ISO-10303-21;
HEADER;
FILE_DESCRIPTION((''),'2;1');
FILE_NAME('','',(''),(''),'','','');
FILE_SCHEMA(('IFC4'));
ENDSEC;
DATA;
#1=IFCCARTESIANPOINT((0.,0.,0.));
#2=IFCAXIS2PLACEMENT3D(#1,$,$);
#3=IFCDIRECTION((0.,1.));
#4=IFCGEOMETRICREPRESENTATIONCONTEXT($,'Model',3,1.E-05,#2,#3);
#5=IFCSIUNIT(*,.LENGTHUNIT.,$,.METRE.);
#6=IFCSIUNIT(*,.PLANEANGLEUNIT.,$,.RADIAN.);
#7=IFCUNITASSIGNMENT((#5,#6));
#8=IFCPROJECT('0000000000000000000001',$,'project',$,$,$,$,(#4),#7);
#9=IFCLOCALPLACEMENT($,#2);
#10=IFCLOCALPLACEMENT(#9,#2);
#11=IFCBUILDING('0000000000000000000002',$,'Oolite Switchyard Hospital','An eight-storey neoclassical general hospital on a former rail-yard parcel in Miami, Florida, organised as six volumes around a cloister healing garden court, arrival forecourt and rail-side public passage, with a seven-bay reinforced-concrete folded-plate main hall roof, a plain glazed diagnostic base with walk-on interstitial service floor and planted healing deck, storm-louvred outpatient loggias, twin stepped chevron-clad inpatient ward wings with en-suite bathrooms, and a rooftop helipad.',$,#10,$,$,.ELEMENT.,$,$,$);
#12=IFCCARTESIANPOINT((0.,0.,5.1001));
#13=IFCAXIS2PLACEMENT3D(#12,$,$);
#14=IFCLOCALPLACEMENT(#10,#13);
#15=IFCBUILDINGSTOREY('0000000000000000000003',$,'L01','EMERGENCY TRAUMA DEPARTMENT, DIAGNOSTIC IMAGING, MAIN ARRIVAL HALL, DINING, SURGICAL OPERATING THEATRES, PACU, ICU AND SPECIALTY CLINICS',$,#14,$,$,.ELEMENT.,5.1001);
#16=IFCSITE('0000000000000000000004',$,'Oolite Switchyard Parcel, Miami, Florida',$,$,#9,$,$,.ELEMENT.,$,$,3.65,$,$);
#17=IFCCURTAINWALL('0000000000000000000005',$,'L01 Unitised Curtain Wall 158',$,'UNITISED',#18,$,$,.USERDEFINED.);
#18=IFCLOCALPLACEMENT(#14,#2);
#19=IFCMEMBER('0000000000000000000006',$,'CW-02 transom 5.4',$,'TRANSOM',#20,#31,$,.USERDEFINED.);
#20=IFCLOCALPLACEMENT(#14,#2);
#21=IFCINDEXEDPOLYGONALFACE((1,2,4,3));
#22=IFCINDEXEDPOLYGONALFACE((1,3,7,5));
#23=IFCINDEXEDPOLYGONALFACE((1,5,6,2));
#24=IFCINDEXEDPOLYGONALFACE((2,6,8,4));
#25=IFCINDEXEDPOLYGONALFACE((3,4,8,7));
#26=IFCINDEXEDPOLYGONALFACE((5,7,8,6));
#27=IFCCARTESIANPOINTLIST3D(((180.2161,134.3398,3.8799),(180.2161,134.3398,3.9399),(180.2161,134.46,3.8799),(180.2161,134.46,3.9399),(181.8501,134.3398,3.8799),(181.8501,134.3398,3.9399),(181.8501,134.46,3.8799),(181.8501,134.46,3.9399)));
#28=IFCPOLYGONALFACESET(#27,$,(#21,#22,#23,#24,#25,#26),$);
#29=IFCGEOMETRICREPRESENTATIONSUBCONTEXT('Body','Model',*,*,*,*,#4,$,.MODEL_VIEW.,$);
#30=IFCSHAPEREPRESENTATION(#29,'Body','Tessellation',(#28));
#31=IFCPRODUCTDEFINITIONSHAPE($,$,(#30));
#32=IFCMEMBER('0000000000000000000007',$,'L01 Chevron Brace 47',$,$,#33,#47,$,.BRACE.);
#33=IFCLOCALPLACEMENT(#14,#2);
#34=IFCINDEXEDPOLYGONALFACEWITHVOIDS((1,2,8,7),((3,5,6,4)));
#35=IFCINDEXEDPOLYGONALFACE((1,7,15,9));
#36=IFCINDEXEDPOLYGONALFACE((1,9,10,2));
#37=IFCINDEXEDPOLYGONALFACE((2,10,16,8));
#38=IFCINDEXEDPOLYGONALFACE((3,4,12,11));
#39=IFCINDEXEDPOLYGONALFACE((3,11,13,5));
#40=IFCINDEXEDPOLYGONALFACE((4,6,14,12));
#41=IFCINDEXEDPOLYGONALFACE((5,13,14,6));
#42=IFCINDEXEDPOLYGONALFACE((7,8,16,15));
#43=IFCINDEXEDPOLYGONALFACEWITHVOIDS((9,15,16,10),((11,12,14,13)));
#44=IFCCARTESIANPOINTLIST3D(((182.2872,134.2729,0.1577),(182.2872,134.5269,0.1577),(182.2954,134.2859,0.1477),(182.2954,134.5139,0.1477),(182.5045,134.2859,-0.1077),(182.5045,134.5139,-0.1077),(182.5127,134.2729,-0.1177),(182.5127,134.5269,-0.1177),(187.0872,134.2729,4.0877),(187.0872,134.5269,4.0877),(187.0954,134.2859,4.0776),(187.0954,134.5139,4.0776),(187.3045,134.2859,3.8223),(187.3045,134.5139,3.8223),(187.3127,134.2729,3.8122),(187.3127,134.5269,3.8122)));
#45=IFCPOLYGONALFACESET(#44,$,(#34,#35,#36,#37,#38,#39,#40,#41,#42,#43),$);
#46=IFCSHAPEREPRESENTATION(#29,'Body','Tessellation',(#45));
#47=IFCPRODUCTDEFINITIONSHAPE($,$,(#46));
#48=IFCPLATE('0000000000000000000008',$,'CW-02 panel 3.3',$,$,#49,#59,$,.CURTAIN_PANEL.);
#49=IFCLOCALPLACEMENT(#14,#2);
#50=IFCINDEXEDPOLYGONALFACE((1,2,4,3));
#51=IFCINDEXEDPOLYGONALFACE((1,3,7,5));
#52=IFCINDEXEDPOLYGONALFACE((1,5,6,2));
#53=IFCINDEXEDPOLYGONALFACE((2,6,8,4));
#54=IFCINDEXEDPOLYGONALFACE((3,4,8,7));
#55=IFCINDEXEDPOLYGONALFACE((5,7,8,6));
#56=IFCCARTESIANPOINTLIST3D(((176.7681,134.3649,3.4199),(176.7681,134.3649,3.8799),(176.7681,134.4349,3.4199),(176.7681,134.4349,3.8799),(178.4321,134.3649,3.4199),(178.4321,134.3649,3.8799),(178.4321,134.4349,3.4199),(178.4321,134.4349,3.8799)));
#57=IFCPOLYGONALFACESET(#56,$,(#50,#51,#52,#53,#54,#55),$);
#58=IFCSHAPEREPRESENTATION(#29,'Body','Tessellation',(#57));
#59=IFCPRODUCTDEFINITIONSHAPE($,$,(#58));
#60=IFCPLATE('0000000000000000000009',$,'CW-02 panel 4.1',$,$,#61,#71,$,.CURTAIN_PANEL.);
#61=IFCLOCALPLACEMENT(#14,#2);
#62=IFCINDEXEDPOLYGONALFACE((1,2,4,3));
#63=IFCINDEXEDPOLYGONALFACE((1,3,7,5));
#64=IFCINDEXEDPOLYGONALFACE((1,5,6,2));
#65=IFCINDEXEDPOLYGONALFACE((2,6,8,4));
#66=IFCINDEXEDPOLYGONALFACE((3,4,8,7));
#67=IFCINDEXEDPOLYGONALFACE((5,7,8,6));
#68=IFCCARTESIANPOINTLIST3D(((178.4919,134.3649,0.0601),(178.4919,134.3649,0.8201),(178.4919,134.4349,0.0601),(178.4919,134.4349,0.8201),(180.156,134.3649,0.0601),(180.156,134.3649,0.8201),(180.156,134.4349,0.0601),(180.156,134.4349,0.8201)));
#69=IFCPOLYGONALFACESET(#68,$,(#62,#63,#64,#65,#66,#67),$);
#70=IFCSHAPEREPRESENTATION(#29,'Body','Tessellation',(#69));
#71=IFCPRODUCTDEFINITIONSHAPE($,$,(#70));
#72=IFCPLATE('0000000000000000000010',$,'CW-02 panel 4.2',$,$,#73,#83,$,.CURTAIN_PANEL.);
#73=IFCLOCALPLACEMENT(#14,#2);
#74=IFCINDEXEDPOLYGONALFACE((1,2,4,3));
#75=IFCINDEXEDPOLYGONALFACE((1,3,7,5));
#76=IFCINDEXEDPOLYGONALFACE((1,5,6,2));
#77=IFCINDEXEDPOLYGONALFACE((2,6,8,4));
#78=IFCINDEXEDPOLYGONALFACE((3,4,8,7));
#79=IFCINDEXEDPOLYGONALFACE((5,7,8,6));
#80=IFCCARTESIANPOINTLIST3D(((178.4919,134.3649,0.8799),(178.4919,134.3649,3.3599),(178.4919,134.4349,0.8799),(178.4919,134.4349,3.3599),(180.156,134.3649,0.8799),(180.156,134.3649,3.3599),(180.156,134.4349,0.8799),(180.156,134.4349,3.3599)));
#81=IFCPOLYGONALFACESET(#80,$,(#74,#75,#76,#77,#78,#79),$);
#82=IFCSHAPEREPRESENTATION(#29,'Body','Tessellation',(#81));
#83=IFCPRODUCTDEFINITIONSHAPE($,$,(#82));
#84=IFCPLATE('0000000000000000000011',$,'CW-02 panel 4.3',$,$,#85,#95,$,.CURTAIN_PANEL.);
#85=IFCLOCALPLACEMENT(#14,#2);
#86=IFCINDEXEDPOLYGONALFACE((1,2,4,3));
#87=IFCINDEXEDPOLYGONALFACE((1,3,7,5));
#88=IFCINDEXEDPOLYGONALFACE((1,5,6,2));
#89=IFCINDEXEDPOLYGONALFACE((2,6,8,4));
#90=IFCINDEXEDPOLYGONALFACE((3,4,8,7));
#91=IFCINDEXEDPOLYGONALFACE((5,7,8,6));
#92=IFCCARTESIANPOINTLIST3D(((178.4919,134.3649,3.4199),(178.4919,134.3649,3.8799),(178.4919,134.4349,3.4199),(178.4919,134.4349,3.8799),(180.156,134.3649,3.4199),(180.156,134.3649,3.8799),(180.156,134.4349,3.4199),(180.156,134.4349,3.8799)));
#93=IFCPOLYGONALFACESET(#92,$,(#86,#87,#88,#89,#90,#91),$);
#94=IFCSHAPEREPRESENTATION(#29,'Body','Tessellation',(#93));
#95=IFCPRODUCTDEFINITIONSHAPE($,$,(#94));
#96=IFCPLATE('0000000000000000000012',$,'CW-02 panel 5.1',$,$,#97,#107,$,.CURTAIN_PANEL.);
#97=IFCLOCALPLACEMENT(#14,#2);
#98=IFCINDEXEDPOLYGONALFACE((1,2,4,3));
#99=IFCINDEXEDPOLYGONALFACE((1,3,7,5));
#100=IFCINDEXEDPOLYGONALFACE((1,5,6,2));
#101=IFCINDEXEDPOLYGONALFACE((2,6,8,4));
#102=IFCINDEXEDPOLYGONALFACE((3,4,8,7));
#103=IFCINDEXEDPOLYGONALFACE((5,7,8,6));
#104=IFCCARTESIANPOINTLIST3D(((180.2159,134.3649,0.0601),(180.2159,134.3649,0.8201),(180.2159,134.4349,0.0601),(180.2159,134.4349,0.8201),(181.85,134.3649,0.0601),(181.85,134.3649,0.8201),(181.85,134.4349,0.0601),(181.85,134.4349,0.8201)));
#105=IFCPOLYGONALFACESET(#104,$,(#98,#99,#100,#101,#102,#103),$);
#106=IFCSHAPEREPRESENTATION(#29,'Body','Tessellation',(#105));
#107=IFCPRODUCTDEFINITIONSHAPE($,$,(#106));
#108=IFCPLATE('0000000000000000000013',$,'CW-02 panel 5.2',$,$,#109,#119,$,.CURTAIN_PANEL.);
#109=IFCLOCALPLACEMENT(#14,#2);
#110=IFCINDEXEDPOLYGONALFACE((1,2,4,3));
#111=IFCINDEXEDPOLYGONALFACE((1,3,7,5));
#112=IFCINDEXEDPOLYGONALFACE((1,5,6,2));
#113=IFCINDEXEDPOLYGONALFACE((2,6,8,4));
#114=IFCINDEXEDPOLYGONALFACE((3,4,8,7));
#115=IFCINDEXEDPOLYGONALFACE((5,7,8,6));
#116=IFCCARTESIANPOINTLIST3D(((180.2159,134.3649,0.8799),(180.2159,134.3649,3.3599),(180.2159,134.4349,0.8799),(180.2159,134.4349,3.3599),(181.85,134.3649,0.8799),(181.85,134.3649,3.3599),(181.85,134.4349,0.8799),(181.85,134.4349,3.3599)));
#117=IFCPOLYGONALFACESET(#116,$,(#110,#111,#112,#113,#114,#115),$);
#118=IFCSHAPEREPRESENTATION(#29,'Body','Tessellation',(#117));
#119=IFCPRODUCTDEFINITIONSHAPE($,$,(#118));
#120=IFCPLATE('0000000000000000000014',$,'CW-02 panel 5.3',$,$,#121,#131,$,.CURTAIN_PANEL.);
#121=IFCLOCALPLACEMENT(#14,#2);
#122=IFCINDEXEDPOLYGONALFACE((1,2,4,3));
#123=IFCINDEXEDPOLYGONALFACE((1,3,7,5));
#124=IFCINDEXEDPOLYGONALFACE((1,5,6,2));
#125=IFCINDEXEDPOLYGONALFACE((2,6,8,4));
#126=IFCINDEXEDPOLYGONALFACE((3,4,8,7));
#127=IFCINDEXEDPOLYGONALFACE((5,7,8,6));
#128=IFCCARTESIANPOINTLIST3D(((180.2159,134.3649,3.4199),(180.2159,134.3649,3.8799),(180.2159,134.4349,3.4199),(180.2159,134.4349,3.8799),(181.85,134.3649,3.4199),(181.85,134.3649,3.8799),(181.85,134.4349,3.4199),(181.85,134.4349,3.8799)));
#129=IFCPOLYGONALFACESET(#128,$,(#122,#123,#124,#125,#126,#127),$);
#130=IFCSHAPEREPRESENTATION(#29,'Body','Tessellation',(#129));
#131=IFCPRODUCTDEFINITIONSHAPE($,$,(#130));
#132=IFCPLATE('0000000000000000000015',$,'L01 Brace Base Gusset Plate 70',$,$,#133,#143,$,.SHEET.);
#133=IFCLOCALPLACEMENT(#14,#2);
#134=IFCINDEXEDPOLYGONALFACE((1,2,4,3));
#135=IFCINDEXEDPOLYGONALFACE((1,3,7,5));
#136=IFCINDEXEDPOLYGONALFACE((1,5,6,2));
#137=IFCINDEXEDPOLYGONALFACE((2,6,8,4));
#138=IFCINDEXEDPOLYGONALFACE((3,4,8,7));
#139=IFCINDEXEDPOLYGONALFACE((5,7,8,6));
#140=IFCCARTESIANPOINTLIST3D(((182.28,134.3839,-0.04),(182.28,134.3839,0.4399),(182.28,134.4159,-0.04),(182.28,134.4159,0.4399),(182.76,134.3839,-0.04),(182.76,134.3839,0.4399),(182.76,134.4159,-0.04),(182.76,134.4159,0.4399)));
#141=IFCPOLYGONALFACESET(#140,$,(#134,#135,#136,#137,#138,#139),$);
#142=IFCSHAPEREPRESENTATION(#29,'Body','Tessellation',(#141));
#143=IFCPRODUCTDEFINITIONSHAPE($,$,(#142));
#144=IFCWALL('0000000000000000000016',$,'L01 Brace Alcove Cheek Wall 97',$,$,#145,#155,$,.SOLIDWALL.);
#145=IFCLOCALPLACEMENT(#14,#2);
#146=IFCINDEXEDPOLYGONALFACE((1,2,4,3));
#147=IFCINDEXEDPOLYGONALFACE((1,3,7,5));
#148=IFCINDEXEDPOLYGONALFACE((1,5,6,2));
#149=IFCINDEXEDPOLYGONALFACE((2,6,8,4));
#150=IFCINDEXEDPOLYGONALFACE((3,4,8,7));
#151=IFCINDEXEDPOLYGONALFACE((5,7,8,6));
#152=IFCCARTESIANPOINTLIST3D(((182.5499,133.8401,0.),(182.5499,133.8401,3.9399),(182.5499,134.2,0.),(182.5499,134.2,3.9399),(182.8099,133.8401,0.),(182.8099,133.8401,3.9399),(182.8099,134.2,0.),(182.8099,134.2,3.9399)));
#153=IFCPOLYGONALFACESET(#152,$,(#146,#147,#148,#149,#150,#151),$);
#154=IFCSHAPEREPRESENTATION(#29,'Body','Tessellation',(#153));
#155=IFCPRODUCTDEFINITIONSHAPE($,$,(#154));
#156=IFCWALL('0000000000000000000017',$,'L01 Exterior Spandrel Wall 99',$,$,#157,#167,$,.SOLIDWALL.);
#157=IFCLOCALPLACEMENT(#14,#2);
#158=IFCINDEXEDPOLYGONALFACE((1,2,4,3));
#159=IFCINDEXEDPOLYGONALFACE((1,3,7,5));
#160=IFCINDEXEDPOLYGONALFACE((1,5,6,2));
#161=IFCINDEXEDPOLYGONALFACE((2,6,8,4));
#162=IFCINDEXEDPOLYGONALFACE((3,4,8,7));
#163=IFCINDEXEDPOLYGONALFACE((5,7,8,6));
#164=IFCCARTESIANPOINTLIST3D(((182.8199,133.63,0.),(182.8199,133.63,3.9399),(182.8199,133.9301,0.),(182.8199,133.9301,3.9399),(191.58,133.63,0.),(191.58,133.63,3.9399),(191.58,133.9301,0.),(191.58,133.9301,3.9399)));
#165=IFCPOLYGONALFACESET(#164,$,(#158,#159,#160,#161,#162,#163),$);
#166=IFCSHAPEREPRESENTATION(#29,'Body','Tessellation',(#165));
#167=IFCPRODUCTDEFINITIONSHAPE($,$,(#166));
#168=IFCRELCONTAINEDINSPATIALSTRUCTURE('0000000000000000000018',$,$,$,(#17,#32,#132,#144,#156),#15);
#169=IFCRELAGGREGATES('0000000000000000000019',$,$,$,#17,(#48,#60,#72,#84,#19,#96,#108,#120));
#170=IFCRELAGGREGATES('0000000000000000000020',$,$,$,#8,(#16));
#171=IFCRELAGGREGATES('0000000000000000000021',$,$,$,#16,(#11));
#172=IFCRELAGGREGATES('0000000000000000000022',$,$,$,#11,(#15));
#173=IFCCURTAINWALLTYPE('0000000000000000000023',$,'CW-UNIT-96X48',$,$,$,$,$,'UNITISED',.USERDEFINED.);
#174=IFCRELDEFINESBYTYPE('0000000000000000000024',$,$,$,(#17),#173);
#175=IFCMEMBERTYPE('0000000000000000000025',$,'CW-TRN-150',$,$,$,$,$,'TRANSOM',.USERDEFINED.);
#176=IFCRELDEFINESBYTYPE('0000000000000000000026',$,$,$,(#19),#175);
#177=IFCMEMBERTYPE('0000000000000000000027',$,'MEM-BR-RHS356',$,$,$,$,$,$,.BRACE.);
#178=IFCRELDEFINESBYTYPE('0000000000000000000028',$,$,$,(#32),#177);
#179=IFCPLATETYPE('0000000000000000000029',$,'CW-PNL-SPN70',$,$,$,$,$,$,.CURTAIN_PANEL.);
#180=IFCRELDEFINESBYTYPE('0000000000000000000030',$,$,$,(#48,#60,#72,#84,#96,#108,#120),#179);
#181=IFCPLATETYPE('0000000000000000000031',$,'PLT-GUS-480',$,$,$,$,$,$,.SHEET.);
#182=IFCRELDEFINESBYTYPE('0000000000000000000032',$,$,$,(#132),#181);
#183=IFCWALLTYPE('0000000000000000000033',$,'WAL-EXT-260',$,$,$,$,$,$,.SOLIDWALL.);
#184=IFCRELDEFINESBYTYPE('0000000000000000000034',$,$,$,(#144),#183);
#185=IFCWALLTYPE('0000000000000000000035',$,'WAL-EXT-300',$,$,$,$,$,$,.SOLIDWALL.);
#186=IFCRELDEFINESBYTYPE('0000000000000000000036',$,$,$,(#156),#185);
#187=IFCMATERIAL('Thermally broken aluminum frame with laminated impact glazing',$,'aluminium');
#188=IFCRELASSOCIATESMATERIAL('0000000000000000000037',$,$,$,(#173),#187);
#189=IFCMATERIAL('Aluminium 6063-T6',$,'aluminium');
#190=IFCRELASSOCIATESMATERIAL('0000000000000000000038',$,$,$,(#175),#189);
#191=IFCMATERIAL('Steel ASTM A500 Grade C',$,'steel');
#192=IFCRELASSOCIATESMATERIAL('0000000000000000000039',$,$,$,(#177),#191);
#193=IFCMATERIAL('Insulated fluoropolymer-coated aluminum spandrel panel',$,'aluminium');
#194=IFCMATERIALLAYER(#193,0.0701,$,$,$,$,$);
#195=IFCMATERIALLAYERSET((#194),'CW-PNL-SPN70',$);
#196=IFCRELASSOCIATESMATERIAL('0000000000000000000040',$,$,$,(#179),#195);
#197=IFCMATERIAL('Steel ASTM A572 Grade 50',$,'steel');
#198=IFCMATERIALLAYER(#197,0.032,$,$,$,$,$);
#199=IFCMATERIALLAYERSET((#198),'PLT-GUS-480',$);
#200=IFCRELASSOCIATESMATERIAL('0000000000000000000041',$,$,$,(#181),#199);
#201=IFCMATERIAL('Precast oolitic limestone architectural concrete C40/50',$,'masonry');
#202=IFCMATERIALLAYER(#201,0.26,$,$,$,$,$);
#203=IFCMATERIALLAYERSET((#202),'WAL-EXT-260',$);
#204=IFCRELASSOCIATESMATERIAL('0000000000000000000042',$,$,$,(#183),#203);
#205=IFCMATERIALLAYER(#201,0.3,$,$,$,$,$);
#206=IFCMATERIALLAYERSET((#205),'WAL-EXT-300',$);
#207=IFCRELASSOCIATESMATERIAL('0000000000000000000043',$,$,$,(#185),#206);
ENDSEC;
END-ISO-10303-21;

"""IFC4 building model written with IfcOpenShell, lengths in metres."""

from ifc_helpers import new_model, si_unit, direction, frame, frame_2d, origin, origin_2d, place, context, subcontext, project, spatial, rectangle, hollow_rectangle, extrude, material, layer, layer_set, material_profile, profile_set, type_object, element, aggregate, save


model = new_model("IFC4")

# Units and contexts
model_context = context("Model", 3, precision=1e-05, world=origin(), true_north=direction((0.0, 1.0)))
body_context = subcontext(model_context, "Body", "Model", "MODEL_VIEW")
ifc_project = project(units=[si_unit("LENGTHUNIT", "METRE"), si_unit("PLANEANGLEUNIT", "RADIAN")], contexts=[model_context])

# Site, building, storey
site_placement = place(None, origin())
site = spatial("IfcSite", under=ifc_project, at=site_placement, Name="Oolite Switchyard Parcel, Miami, Florida", CompositionType="ELEMENT", RefElevation=3.65)
building_placement = place(site_placement, origin())
building = spatial("IfcBuilding", under=site, at=building_placement, Name="Oolite Switchyard Hospital", Description="An eight-storey neoclassical general hospital on a former rail-yard parcel in Miami, Florida, organised as six volumes around a cloister healing garden court, arrival forecourt and rail-side public passage, with a seven-bay reinforced-concrete folded-plate main hall roof, a plain glazed diagnostic base with walk-on interstitial service floor and planted healing deck, storm-louvred outpatient loggias, twin stepped chevron-clad inpatient ward wings with en-suite bathrooms, and a rooftop helipad.", CompositionType="ELEMENT")
storey_placement = place(building_placement, frame((0.0, 0.0, 5.1001)))
storey = spatial("IfcBuildingStorey", under=building, at=storey_placement, Name="L01", Description="EMERGENCY TRAUMA DEPARTMENT, DIAGNOSTIC IMAGING, MAIN ARRIVAL HALL, DINING, SURGICAL OPERATING THEATRES, PACU, ICU AND SPECIALTY CLINICS", CompositionType="ELEMENT", Elevation=5.1001)

# Curtain wall, member
ifc_material_1 = material(Name="Thermally broken aluminum frame with laminated impact glazing", Category="aluminium")
curtain_wall_type = type_object("IfcCurtainWallType", Name="CW-UNIT-96X48", ElementType="UNITISED", PredefinedType="USERDEFINED", material=ifc_material_1)
curtain_wall_placement = place(storey_placement, origin())
curtain_wall = element("IfcCurtainWall", 1, at=curtain_wall_placement, inside=storey, type_object=curtain_wall_type, Name="L01 Unitised Curtain Wall 158", ObjectType="UNITISED", PredefinedType="USERDEFINED")
ifc_material_2 = material(Name="Aluminium 6063-T6", Category="aluminium")
ifc_material_profile_1 = material_profile(ifc_material_2, rectangle(XDim=0.1201, YDim=0.0601, at=origin_2d()), Name="CWT60X120")
ifc_profile_set_1 = profile_set([ifc_material_profile_1], Name="Aluminium 6063-T6")
member_type_1 = type_object("IfcMemberType", Name="CW-TRN-150", ElementType="TRANSOM", PredefinedType="USERDEFINED", material=ifc_profile_set_1)
member_1_placement = place(storey_placement, frame((180.2161, 134.3999, 3.9099), z_axis=(1.0, 0.0, 0.0), x_axis=(0.0, 1.0, 0.0)))
member_1 = element("IfcMember", 2, at=member_1_placement, type_object=member_type_1, Name="CW-02 transom 5.4", ObjectType="TRANSOM", PredefinedType="USERDEFINED", context=body_context, shape_type="SweptSolid", body=[
    extrude(rectangle(XDim=0.1201, YDim=0.0601, at=origin_2d()), origin(), (0.0, 0.0, 1.0), 1.634),
])

# Member
ifc_material_3 = material(Name="Steel ASTM A500 Grade C", Category="steel")
ifc_material_profile_2 = material_profile(ifc_material_3, hollow_rectangle(XDim=0.2539, YDim=0.356, WallThickness=0.0129, at=origin_2d()), Name="HSS356X254X13")
ifc_profile_set_2 = profile_set([ifc_material_profile_2], Name="Steel ASTM A500 Grade C")
member_type_2 = type_object("IfcMemberType", Name="MEM-BR-RHS356", PredefinedType="BRACE", material=ifc_profile_set_2)
member_2_placement = place(storey_placement, frame((182.3999, 134.3999, 0.02), z_axis=(0.77375, 0.0, 0.633491), x_axis=(0.0, 1.0, 0.0)))
element("IfcMember", 3, at=member_2_placement, inside=storey, type_object=member_type_2, Name="L01 Chevron Brace 47", PredefinedType="BRACE", context=body_context, shape_type="SweptSolid", body=[
    extrude(hollow_rectangle(XDim=0.2539, YDim=0.356, WallThickness=0.0129, at=origin_2d()), origin(), (0.0, 0.0, 1.0), 6.2036),
])

# Plates
ifc_material_4 = material(Name="Insulated fluoropolymer-coated aluminum spandrel panel", Category="aluminium")
ifc_layer_1 = layer(ifc_material_4, 0.0701)
ifc_layer_set_1 = layer_set([ifc_layer_1], Name="CW-PNL-SPN70")
plate_type_1 = type_object("IfcPlateType", Name="CW-PNL-SPN70", PredefinedType="CURTAIN_PANEL", material=ifc_layer_set_1)
plate_1_placement = place(storey_placement, frame((177.6001, 134.3999, 3.4199), z_axis=(0.0, 0.0, 1.0), x_axis=(1.0, 0.0, 0.0)))
plate_1 = element("IfcPlate", 4, at=plate_1_placement, type_object=plate_type_1, Name="CW-02 panel 3.3", PredefinedType="CURTAIN_PANEL", context=body_context, shape_type="SweptSolid", body=[
    extrude(rectangle(XDim=1.6641, YDim=0.0701, at=origin_2d()), origin(), (0.0, 0.0, 1.0), 0.46),
])
plate_2_placement = place(storey_placement, frame((179.324, 134.3999, 0.0601), z_axis=(0.0, 0.0, 1.0), x_axis=(1.0, 0.0, 0.0)))
plate_2 = element("IfcPlate", 5, at=plate_2_placement, type_object=plate_type_1, Name="CW-02 panel 4.1", PredefinedType="CURTAIN_PANEL", context=body_context, shape_type="SweptSolid", body=[
    extrude(rectangle(XDim=1.6641, YDim=0.0701, at=origin_2d()), origin(), (0.0, 0.0, 1.0), 0.76),
])
plate_3_placement = place(storey_placement, frame((179.324, 134.3999, 0.8799), z_axis=(0.0, 0.0, 1.0), x_axis=(1.0, 0.0, 0.0)))
plate_3 = element("IfcPlate", 6, at=plate_3_placement, type_object=plate_type_1, Name="CW-02 panel 4.2", PredefinedType="CURTAIN_PANEL", context=body_context, shape_type="SweptSolid", body=[
    extrude(rectangle(XDim=1.6641, YDim=0.0701, at=origin_2d()), origin(), (0.0, 0.0, 1.0), 2.48),
])
plate_4_placement = place(storey_placement, frame((179.324, 134.3999, 3.4199), z_axis=(0.0, 0.0, 1.0), x_axis=(1.0, 0.0, 0.0)))
plate_4 = element("IfcPlate", 7, at=plate_4_placement, type_object=plate_type_1, Name="CW-02 panel 4.3", PredefinedType="CURTAIN_PANEL", context=body_context, shape_type="SweptSolid", body=[
    extrude(rectangle(XDim=1.6641, YDim=0.0701, at=origin_2d()), origin(), (0.0, 0.0, 1.0), 0.46),
])
plate_5_placement = place(storey_placement, frame((181.033, 134.3999, 0.0601), z_axis=(0.0, 0.0, 1.0), x_axis=(1.0, 0.0, 0.0)))
plate_5 = element("IfcPlate", 8, at=plate_5_placement, type_object=plate_type_1, Name="CW-02 panel 5.1", PredefinedType="CURTAIN_PANEL", context=body_context, shape_type="SweptSolid", body=[
    extrude(rectangle(XDim=1.634, YDim=0.0701, at=origin_2d()), origin(), (0.0, 0.0, 1.0), 0.76),
])
plate_6_placement = place(storey_placement, frame((181.033, 134.3999, 0.8799), z_axis=(0.0, 0.0, 1.0), x_axis=(1.0, 0.0, 0.0)))
plate_6 = element("IfcPlate", 9, at=plate_6_placement, type_object=plate_type_1, Name="CW-02 panel 5.2", PredefinedType="CURTAIN_PANEL", context=body_context, shape_type="SweptSolid", body=[
    extrude(rectangle(XDim=1.634, YDim=0.0701, at=origin_2d()), origin(), (0.0, 0.0, 1.0), 2.48),
])
plate_7_placement = place(storey_placement, frame((181.033, 134.3999, 3.4199), z_axis=(0.0, 0.0, 1.0), x_axis=(1.0, 0.0, 0.0)))
plate_7 = element("IfcPlate", 10, at=plate_7_placement, type_object=plate_type_1, Name="CW-02 panel 5.3", PredefinedType="CURTAIN_PANEL", context=body_context, shape_type="SweptSolid", body=[
    extrude(rectangle(XDim=1.634, YDim=0.0701, at=origin_2d()), origin(), (0.0, 0.0, 1.0), 0.46),
])
aggregate(curtain_wall, [plate_1, plate_2, plate_3, plate_4, member_1, plate_5, plate_6, plate_7])
ifc_material_5 = material(Name="Steel ASTM A572 Grade 50", Category="steel")
ifc_layer_2 = layer(ifc_material_5, 0.032)
ifc_layer_set_2 = layer_set([ifc_layer_2], Name="PLT-GUS-480")
plate_type_2 = type_object("IfcPlateType", Name="PLT-GUS-480", PredefinedType="SHEET", material=ifc_layer_set_2)
plate_8_placement = place(storey_placement, frame((182.52, 134.3999, -0.04), z_axis=(0.0, 0.0, 1.0), x_axis=(1.0, 0.0, 0.0)))
element("IfcPlate", 11, at=plate_8_placement, inside=storey, type_object=plate_type_2, Name="L01 Brace Base Gusset Plate 70", PredefinedType="SHEET", context=body_context, shape_type="SweptSolid", body=[
    extrude(rectangle(XDim=0.48, YDim=0.032, at=origin_2d()), origin(), (0.0, 0.0, 1.0), 0.48),
])

# Walls
ifc_material_6 = material(Name="Precast oolitic limestone architectural concrete C40/50", Category="masonry")
ifc_layer_3 = layer(ifc_material_6, 0.26)
ifc_layer_set_3 = layer_set([ifc_layer_3], Name="WAL-EXT-260")
wall_type_1 = type_object("IfcWallType", Name="WAL-EXT-260", PredefinedType="SOLIDWALL", material=ifc_layer_set_3)
wall_1_placement = place(storey_placement, frame((182.6799, 134.2, 0.0), z_axis=(0.0, 0.0, 1.0), x_axis=(0.0, -1.0, 0.0)))
element("IfcWall", 12, at=wall_1_placement, inside=storey, type_object=wall_type_1, Name="L01 Brace Alcove Cheek Wall 97", PredefinedType="SOLIDWALL", context=body_context, shape_type="SweptSolid", body=[
    extrude(rectangle(XDim=0.3599, YDim=0.26, at=frame_2d((0.1799, 0.0))), origin(), (0.0, 0.0, 1.0), 3.9399),
])
ifc_layer_4 = layer(ifc_material_6, 0.3)
ifc_layer_set_4 = layer_set([ifc_layer_4], Name="WAL-EXT-300")
wall_type_2 = type_object("IfcWallType", Name="WAL-EXT-300", PredefinedType="SOLIDWALL", material=ifc_layer_set_4)
wall_2_placement = place(storey_placement, frame((182.8201, 133.78, 0.0), z_axis=(0.0, 0.0, 1.0), x_axis=(1.0, 0.0, 0.0)))
element("IfcWall", 13, at=wall_2_placement, inside=storey, type_object=wall_type_2, Name="L01 Exterior Spandrel Wall 99", PredefinedType="SOLIDWALL", context=body_context, shape_type="SweptSolid", body=[
    extrude(rectangle(XDim=8.76, YDim=0.3, at=frame_2d((4.3799, 0.0))), origin(), (0.0, 0.0, 1.0), 3.9399),
])

save(model, "model.ifc")
